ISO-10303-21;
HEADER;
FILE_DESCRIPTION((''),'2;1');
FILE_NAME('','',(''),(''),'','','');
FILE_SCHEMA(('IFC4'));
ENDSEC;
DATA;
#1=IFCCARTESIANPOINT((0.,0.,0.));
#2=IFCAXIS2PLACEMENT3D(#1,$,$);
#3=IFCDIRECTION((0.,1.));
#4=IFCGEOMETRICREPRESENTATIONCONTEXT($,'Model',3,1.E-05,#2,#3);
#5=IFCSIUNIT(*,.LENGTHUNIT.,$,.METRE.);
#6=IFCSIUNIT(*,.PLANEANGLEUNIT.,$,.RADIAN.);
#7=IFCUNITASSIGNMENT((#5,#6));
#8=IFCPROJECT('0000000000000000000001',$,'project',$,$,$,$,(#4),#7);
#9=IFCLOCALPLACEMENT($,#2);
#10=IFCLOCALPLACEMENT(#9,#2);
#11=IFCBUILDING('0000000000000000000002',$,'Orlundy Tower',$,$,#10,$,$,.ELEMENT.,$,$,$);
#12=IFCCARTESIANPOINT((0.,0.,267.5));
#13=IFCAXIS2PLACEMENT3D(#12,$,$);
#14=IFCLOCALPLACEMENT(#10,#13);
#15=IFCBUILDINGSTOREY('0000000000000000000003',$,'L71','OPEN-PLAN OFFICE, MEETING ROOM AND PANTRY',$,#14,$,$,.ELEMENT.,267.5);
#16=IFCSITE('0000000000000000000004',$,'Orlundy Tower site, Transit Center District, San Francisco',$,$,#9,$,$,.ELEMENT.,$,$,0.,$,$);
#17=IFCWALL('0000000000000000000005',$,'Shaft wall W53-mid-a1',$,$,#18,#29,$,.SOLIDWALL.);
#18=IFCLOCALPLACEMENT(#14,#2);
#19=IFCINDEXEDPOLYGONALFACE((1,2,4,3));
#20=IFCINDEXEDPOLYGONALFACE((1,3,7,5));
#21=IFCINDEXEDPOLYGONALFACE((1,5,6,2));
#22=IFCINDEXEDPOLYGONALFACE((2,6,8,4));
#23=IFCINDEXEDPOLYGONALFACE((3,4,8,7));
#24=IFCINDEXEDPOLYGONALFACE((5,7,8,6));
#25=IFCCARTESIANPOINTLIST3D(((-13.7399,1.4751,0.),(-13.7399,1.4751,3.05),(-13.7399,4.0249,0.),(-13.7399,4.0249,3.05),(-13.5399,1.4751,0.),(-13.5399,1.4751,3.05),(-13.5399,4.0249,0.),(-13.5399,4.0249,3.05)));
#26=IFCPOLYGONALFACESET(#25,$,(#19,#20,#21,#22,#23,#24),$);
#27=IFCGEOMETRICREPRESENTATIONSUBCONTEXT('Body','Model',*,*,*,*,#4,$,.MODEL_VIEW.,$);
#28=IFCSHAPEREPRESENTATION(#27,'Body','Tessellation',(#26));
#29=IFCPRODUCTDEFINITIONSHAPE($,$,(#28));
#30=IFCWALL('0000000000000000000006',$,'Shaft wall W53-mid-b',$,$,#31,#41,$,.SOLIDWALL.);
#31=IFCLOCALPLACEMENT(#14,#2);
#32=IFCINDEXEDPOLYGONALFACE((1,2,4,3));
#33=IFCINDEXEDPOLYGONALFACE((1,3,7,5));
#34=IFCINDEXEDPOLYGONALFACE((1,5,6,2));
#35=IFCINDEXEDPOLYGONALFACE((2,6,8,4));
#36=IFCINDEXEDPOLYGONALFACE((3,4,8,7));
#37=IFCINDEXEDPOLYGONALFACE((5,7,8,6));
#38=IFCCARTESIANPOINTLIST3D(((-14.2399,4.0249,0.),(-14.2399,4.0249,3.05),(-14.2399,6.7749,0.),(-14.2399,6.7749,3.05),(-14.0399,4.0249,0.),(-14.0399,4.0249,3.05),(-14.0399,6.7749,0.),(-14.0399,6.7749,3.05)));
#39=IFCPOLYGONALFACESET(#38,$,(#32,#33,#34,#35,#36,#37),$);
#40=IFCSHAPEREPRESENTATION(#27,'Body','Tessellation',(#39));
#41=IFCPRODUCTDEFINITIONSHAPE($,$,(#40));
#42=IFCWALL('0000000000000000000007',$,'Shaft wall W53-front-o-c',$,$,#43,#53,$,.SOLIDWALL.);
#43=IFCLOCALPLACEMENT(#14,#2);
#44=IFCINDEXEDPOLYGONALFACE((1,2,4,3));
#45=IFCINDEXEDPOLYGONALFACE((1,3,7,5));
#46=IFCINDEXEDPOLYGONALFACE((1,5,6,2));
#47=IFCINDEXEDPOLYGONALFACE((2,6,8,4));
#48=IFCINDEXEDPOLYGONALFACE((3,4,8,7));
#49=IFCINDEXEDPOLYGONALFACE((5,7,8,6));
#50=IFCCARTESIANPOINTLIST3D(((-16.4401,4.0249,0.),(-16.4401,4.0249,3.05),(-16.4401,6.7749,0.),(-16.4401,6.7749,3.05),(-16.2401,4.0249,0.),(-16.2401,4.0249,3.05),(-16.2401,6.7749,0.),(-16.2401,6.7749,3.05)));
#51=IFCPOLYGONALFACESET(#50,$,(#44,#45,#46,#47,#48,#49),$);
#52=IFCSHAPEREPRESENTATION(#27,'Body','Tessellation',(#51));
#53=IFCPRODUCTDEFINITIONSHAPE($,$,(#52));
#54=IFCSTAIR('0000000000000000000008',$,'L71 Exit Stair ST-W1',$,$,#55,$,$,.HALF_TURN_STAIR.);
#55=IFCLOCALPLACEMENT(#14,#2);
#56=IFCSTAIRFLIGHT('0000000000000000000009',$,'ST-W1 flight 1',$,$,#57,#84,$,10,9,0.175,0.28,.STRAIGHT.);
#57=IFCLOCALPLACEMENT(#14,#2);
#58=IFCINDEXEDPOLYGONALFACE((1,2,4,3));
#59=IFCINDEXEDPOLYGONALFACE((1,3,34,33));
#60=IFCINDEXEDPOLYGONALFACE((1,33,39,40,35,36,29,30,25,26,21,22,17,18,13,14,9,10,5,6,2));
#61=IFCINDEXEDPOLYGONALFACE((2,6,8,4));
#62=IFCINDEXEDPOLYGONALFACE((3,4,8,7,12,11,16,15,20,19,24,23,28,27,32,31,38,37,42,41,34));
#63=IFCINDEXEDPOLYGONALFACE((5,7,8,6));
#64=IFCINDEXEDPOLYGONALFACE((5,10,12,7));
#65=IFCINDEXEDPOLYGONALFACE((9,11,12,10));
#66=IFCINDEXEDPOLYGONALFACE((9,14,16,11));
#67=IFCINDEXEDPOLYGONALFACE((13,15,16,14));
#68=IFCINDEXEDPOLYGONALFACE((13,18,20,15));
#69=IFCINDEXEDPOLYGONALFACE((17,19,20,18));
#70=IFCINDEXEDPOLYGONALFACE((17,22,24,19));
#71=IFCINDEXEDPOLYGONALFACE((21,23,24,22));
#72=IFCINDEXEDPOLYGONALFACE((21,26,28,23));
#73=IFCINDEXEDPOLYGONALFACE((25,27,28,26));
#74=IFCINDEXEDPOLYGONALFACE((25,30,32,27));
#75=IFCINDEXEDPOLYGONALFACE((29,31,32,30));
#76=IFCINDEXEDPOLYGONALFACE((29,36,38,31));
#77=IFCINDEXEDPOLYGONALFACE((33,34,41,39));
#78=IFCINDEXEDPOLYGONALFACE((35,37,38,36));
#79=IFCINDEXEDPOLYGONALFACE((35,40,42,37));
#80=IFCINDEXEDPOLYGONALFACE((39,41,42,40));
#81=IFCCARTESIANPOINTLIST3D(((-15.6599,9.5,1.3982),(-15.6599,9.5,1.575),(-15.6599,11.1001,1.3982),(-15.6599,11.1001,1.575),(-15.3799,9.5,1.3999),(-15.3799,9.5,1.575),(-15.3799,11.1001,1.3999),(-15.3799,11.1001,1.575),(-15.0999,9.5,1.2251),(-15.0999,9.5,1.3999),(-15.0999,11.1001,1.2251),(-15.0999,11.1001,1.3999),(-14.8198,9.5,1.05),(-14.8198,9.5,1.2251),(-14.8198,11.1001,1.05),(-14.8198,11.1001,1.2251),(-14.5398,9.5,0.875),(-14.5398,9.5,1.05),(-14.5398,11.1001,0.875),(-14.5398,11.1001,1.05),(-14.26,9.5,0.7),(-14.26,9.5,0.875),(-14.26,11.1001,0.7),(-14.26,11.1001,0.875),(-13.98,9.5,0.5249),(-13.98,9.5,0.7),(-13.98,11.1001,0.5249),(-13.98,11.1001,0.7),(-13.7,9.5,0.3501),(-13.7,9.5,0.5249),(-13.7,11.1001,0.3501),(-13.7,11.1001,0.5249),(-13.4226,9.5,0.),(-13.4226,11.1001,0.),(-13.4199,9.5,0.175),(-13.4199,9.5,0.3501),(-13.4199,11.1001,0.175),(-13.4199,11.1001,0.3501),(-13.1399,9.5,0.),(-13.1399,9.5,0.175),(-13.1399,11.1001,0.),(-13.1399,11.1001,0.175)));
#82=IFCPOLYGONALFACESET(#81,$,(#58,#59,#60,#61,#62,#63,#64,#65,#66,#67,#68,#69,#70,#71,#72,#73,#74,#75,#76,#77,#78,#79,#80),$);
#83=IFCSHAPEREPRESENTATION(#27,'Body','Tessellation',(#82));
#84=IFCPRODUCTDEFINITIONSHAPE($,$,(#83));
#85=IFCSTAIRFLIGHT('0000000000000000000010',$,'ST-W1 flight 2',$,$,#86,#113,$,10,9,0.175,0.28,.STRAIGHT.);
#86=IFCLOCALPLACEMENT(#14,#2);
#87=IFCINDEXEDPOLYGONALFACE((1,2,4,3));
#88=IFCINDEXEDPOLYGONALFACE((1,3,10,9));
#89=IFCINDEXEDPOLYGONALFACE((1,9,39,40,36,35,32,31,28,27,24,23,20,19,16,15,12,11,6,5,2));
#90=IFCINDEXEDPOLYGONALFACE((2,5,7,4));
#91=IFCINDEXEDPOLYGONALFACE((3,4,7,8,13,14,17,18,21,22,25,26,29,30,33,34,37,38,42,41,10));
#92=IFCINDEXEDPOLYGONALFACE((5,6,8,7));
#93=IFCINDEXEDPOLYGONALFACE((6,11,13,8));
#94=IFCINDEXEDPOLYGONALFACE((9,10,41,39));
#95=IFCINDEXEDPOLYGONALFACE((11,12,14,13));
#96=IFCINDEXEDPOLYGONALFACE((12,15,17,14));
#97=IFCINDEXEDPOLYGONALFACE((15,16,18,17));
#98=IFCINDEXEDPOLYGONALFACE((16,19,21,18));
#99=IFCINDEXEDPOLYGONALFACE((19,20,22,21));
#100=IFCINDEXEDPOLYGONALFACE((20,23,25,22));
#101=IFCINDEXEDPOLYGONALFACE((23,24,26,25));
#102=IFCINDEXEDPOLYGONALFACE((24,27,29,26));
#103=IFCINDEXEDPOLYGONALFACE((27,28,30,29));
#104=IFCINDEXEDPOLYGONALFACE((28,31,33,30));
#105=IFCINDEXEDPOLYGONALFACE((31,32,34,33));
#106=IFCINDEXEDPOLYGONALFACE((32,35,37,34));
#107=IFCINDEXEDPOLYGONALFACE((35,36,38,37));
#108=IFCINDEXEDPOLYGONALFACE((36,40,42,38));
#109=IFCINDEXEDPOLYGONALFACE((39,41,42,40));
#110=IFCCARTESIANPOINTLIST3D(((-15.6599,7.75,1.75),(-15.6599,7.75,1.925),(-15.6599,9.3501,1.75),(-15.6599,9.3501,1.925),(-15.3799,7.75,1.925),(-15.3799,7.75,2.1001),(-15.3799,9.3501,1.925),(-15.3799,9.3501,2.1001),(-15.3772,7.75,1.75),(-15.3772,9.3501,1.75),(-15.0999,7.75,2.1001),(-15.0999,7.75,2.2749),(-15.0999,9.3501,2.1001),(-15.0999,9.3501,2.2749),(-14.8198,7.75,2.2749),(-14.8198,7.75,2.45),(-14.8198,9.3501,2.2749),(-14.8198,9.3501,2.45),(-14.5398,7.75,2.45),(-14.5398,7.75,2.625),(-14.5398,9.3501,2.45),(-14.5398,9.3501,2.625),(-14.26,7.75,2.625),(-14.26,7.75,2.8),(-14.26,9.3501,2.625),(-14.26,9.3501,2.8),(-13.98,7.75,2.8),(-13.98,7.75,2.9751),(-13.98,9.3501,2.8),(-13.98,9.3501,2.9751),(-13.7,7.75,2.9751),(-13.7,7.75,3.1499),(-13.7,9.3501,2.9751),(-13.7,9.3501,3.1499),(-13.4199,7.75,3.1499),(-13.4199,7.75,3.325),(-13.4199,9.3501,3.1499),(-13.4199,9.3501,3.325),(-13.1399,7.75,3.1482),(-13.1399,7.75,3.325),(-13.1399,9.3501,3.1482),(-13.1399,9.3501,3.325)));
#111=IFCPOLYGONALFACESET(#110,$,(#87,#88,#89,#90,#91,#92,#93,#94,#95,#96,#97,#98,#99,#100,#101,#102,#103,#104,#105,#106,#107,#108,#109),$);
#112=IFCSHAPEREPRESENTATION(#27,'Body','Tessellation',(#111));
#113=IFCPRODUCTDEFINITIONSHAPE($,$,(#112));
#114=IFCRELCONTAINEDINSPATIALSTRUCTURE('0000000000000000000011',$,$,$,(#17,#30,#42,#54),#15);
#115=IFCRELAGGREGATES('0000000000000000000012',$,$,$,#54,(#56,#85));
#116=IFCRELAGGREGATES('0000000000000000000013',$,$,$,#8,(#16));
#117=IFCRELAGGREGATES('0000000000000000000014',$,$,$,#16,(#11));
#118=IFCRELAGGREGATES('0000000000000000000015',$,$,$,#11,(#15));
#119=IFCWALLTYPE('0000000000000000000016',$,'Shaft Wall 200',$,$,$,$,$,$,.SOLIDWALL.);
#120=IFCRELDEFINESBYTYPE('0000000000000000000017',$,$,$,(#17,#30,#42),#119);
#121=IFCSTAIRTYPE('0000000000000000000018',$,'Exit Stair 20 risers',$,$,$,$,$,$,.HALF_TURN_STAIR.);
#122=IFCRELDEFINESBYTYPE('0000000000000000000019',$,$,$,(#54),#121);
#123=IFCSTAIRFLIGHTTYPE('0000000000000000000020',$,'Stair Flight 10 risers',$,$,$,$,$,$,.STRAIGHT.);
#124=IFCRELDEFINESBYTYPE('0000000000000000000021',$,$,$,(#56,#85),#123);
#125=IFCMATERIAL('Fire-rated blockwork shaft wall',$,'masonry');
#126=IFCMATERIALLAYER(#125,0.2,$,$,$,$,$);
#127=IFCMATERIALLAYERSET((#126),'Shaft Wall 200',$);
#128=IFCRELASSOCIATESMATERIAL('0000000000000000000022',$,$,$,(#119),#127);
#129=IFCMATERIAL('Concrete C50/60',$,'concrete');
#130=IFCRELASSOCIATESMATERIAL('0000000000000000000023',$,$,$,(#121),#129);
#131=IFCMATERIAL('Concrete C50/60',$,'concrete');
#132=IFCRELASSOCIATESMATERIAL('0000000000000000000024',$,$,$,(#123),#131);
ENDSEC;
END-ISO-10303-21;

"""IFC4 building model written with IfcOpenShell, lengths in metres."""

from ifc_helpers import new_model, si_unit, direction, frame, frame_2d, origin, place, context, subcontext, project, spatial, polyline, rectangle, outline, extrude, material, layer, layer_set, type_object, element, aggregate, save


model = new_model("IFC4")

# Units and contexts
model_context = context("Model", 3, precision=1e-05, world=origin(), true_north=direction((0.0, 1.0)))
body_context = subcontext(model_context, "Body", "Model", "MODEL_VIEW")
ifc_project = project(units=[si_unit("LENGTHUNIT", "METRE"), si_unit("PLANEANGLEUNIT", "RADIAN")], contexts=[model_context])

# Site, building, storey
site_placement = place(None, origin())
site = spatial("IfcSite", under=ifc_project, at=site_placement, Name="Orlundy Tower site, Transit Center District, San Francisco", CompositionType="ELEMENT", RefElevation=0.0)
building_placement = place(site_placement, origin())
building = spatial("IfcBuilding", under=site, at=building_placement, Name="Orlundy Tower", CompositionType="ELEMENT")
storey_placement = place(building_placement, frame((0.0, 0.0, 267.5)))
storey = spatial("IfcBuildingStorey", under=building, at=storey_placement, Name="L71", Description="OPEN-PLAN OFFICE, MEETING ROOM AND PANTRY", CompositionType="ELEMENT", Elevation=267.5)

# Walls
ifc_material_1 = material(Name="Fire-rated blockwork shaft wall", Category="masonry")
ifc_layer_1 = layer(ifc_material_1, 0.2)
ifc_layer_set_1 = layer_set([ifc_layer_1], Name="Shaft Wall 200")
wall_type = type_object("IfcWallType", Name="Shaft Wall 200", PredefinedType="SOLIDWALL", material=ifc_layer_set_1)
wall_1_placement = place(storey_placement, frame((-13.6399, 1.4751, 0.0), z_axis=(0.0, 0.0, 1.0), x_axis=(0.0, 1.0, 0.0)))
element("IfcWall", 1, at=wall_1_placement, inside=storey, type_object=wall_type, Name="Shaft wall W53-mid-a1", PredefinedType="SOLIDWALL", context=body_context, shape_type="SweptSolid", body=[
    extrude(rectangle(XDim=2.5498, YDim=0.2, at=frame_2d((1.2749, 0.0))), origin(), (0.0, 0.0, 1.0), 3.05),
])
for number, where, z_axis, x_axis, name in (
    (2, (-14.1399, 4.0249, 0.0), (0.0, 0.0, 1.0), (0.0, 1.0, 0.0), "Shaft wall W53-mid-b"),
    (3, (-16.3401, 4.0249, 0.0), (0.0, 0.0, 1.0), (0.0, 1.0, 0.0), "Shaft wall W53-front-o-c"),
):
    element("IfcWall", number, at=place(storey_placement, frame(where, z_axis=z_axis, x_axis=x_axis)), inside=storey, type_object=wall_type, Name=name, PredefinedType="SOLIDWALL", context=body_context, shape_type="SweptSolid", body=[
        extrude(rectangle(XDim=2.75, YDim=0.2, at=frame_2d((1.375, 0.0))), origin(), (0.0, 0.0, 1.0), 3.05),
    ])

# Stair, stair flights
ifc_material_2 = material(Name="Concrete C50/60", Category="concrete")
stair_type = type_object("IfcStairType", Name="Exit Stair 20 risers", PredefinedType="HALF_TURN_STAIR", material=ifc_material_2)
stair_placement = place(storey_placement, origin())
stair = element("IfcStair", 4, at=stair_placement, inside=storey, type_object=stair_type, Name="L71 Exit Stair ST-W1", PredefinedType="HALF_TURN_STAIR")
ifc_material_3 = material(Name="Concrete C50/60", Category="concrete")
stair_flight_type = type_object("IfcStairFlightType", Name="Stair Flight 10 risers", PredefinedType="STRAIGHT", material=ifc_material_3)
stair_flight_1_placement = place(storey_placement, frame((-13.1399, 10.3, 0.0), z_axis=(0.0, 0.0, 1.0), x_axis=(-1.0, 0.0, 0.0)))
stair_flight_1 = element("IfcStairFlight", 5, at=stair_flight_1_placement, type_object=stair_flight_type, Name="ST-W1 flight 1", NumberOfRisers=10, NumberOfTreads=9, PredefinedType="STRAIGHT", RiserHeight=0.175, TreadLength=0.28, context=body_context, shape_type="SweptSolid", body=[
    extrude(outline(polyline([(0.0, 0.0), (0.0, 0.175), (0.28, 0.175), (0.28, 0.3501), (0.5601, 0.3501), (0.5601, 0.5249), (0.8401, 0.5249), (0.8401, 0.7), (1.1201, 0.7), (1.1201, 0.875), (1.3999, 0.875), (1.3999, 1.05), (1.6799, 1.05), (1.6799, 1.2251), (1.96, 1.2251), (1.96, 1.3999), (2.24, 1.3999), (2.24, 1.575), (2.52, 1.575), (2.52, 1.75), (2.52, 1.3982), (0.2827, 0.0), (0.0, 0.0)])), frame((0.0, 0.8, 0.0), z_axis=(0.0, -1.0, 0.0), x_axis=(1.0, 0.0, 0.0)), (0.0, 0.0, 1.0), 1.6001),
])
stair_flight_2_placement = place(storey_placement, frame((-15.6599, 8.55, 1.75), z_axis=(0.0, 0.0, 1.0), x_axis=(1.0, 0.0, 0.0)))
stair_flight_2 = element("IfcStairFlight", 6, at=stair_flight_2_placement, type_object=stair_flight_type, Name="ST-W1 flight 2", NumberOfRisers=10, NumberOfTreads=9, PredefinedType="STRAIGHT", RiserHeight=0.175, TreadLength=0.28, context=body_context, shape_type="SweptSolid", body=[
    extrude(outline(polyline([(0.0, 0.0), (0.0, 0.175), (0.28, 0.175), (0.28, 0.3501), (0.5601, 0.3501), (0.5601, 0.5249), (0.8401, 0.5249), (0.8401, 0.7), (1.1201, 0.7), (1.1201, 0.875), (1.3999, 0.875), (1.3999, 1.05), (1.6799, 1.05), (1.6799, 1.2251), (1.96, 1.2251), (1.96, 1.3999), (2.24, 1.3999), (2.24, 1.575), (2.52, 1.575), (2.52, 1.75), (2.52, 1.3982), (0.2827, 0.0), (0.0, 0.0)])), frame((0.0, 0.8, 0.0), z_axis=(0.0, -1.0, 0.0), x_axis=(1.0, 0.0, 0.0)), (0.0, 0.0, 1.0), 1.6001),
])
aggregate(stair, [stair_flight_1, stair_flight_2])

save(model, "model.ifc")
